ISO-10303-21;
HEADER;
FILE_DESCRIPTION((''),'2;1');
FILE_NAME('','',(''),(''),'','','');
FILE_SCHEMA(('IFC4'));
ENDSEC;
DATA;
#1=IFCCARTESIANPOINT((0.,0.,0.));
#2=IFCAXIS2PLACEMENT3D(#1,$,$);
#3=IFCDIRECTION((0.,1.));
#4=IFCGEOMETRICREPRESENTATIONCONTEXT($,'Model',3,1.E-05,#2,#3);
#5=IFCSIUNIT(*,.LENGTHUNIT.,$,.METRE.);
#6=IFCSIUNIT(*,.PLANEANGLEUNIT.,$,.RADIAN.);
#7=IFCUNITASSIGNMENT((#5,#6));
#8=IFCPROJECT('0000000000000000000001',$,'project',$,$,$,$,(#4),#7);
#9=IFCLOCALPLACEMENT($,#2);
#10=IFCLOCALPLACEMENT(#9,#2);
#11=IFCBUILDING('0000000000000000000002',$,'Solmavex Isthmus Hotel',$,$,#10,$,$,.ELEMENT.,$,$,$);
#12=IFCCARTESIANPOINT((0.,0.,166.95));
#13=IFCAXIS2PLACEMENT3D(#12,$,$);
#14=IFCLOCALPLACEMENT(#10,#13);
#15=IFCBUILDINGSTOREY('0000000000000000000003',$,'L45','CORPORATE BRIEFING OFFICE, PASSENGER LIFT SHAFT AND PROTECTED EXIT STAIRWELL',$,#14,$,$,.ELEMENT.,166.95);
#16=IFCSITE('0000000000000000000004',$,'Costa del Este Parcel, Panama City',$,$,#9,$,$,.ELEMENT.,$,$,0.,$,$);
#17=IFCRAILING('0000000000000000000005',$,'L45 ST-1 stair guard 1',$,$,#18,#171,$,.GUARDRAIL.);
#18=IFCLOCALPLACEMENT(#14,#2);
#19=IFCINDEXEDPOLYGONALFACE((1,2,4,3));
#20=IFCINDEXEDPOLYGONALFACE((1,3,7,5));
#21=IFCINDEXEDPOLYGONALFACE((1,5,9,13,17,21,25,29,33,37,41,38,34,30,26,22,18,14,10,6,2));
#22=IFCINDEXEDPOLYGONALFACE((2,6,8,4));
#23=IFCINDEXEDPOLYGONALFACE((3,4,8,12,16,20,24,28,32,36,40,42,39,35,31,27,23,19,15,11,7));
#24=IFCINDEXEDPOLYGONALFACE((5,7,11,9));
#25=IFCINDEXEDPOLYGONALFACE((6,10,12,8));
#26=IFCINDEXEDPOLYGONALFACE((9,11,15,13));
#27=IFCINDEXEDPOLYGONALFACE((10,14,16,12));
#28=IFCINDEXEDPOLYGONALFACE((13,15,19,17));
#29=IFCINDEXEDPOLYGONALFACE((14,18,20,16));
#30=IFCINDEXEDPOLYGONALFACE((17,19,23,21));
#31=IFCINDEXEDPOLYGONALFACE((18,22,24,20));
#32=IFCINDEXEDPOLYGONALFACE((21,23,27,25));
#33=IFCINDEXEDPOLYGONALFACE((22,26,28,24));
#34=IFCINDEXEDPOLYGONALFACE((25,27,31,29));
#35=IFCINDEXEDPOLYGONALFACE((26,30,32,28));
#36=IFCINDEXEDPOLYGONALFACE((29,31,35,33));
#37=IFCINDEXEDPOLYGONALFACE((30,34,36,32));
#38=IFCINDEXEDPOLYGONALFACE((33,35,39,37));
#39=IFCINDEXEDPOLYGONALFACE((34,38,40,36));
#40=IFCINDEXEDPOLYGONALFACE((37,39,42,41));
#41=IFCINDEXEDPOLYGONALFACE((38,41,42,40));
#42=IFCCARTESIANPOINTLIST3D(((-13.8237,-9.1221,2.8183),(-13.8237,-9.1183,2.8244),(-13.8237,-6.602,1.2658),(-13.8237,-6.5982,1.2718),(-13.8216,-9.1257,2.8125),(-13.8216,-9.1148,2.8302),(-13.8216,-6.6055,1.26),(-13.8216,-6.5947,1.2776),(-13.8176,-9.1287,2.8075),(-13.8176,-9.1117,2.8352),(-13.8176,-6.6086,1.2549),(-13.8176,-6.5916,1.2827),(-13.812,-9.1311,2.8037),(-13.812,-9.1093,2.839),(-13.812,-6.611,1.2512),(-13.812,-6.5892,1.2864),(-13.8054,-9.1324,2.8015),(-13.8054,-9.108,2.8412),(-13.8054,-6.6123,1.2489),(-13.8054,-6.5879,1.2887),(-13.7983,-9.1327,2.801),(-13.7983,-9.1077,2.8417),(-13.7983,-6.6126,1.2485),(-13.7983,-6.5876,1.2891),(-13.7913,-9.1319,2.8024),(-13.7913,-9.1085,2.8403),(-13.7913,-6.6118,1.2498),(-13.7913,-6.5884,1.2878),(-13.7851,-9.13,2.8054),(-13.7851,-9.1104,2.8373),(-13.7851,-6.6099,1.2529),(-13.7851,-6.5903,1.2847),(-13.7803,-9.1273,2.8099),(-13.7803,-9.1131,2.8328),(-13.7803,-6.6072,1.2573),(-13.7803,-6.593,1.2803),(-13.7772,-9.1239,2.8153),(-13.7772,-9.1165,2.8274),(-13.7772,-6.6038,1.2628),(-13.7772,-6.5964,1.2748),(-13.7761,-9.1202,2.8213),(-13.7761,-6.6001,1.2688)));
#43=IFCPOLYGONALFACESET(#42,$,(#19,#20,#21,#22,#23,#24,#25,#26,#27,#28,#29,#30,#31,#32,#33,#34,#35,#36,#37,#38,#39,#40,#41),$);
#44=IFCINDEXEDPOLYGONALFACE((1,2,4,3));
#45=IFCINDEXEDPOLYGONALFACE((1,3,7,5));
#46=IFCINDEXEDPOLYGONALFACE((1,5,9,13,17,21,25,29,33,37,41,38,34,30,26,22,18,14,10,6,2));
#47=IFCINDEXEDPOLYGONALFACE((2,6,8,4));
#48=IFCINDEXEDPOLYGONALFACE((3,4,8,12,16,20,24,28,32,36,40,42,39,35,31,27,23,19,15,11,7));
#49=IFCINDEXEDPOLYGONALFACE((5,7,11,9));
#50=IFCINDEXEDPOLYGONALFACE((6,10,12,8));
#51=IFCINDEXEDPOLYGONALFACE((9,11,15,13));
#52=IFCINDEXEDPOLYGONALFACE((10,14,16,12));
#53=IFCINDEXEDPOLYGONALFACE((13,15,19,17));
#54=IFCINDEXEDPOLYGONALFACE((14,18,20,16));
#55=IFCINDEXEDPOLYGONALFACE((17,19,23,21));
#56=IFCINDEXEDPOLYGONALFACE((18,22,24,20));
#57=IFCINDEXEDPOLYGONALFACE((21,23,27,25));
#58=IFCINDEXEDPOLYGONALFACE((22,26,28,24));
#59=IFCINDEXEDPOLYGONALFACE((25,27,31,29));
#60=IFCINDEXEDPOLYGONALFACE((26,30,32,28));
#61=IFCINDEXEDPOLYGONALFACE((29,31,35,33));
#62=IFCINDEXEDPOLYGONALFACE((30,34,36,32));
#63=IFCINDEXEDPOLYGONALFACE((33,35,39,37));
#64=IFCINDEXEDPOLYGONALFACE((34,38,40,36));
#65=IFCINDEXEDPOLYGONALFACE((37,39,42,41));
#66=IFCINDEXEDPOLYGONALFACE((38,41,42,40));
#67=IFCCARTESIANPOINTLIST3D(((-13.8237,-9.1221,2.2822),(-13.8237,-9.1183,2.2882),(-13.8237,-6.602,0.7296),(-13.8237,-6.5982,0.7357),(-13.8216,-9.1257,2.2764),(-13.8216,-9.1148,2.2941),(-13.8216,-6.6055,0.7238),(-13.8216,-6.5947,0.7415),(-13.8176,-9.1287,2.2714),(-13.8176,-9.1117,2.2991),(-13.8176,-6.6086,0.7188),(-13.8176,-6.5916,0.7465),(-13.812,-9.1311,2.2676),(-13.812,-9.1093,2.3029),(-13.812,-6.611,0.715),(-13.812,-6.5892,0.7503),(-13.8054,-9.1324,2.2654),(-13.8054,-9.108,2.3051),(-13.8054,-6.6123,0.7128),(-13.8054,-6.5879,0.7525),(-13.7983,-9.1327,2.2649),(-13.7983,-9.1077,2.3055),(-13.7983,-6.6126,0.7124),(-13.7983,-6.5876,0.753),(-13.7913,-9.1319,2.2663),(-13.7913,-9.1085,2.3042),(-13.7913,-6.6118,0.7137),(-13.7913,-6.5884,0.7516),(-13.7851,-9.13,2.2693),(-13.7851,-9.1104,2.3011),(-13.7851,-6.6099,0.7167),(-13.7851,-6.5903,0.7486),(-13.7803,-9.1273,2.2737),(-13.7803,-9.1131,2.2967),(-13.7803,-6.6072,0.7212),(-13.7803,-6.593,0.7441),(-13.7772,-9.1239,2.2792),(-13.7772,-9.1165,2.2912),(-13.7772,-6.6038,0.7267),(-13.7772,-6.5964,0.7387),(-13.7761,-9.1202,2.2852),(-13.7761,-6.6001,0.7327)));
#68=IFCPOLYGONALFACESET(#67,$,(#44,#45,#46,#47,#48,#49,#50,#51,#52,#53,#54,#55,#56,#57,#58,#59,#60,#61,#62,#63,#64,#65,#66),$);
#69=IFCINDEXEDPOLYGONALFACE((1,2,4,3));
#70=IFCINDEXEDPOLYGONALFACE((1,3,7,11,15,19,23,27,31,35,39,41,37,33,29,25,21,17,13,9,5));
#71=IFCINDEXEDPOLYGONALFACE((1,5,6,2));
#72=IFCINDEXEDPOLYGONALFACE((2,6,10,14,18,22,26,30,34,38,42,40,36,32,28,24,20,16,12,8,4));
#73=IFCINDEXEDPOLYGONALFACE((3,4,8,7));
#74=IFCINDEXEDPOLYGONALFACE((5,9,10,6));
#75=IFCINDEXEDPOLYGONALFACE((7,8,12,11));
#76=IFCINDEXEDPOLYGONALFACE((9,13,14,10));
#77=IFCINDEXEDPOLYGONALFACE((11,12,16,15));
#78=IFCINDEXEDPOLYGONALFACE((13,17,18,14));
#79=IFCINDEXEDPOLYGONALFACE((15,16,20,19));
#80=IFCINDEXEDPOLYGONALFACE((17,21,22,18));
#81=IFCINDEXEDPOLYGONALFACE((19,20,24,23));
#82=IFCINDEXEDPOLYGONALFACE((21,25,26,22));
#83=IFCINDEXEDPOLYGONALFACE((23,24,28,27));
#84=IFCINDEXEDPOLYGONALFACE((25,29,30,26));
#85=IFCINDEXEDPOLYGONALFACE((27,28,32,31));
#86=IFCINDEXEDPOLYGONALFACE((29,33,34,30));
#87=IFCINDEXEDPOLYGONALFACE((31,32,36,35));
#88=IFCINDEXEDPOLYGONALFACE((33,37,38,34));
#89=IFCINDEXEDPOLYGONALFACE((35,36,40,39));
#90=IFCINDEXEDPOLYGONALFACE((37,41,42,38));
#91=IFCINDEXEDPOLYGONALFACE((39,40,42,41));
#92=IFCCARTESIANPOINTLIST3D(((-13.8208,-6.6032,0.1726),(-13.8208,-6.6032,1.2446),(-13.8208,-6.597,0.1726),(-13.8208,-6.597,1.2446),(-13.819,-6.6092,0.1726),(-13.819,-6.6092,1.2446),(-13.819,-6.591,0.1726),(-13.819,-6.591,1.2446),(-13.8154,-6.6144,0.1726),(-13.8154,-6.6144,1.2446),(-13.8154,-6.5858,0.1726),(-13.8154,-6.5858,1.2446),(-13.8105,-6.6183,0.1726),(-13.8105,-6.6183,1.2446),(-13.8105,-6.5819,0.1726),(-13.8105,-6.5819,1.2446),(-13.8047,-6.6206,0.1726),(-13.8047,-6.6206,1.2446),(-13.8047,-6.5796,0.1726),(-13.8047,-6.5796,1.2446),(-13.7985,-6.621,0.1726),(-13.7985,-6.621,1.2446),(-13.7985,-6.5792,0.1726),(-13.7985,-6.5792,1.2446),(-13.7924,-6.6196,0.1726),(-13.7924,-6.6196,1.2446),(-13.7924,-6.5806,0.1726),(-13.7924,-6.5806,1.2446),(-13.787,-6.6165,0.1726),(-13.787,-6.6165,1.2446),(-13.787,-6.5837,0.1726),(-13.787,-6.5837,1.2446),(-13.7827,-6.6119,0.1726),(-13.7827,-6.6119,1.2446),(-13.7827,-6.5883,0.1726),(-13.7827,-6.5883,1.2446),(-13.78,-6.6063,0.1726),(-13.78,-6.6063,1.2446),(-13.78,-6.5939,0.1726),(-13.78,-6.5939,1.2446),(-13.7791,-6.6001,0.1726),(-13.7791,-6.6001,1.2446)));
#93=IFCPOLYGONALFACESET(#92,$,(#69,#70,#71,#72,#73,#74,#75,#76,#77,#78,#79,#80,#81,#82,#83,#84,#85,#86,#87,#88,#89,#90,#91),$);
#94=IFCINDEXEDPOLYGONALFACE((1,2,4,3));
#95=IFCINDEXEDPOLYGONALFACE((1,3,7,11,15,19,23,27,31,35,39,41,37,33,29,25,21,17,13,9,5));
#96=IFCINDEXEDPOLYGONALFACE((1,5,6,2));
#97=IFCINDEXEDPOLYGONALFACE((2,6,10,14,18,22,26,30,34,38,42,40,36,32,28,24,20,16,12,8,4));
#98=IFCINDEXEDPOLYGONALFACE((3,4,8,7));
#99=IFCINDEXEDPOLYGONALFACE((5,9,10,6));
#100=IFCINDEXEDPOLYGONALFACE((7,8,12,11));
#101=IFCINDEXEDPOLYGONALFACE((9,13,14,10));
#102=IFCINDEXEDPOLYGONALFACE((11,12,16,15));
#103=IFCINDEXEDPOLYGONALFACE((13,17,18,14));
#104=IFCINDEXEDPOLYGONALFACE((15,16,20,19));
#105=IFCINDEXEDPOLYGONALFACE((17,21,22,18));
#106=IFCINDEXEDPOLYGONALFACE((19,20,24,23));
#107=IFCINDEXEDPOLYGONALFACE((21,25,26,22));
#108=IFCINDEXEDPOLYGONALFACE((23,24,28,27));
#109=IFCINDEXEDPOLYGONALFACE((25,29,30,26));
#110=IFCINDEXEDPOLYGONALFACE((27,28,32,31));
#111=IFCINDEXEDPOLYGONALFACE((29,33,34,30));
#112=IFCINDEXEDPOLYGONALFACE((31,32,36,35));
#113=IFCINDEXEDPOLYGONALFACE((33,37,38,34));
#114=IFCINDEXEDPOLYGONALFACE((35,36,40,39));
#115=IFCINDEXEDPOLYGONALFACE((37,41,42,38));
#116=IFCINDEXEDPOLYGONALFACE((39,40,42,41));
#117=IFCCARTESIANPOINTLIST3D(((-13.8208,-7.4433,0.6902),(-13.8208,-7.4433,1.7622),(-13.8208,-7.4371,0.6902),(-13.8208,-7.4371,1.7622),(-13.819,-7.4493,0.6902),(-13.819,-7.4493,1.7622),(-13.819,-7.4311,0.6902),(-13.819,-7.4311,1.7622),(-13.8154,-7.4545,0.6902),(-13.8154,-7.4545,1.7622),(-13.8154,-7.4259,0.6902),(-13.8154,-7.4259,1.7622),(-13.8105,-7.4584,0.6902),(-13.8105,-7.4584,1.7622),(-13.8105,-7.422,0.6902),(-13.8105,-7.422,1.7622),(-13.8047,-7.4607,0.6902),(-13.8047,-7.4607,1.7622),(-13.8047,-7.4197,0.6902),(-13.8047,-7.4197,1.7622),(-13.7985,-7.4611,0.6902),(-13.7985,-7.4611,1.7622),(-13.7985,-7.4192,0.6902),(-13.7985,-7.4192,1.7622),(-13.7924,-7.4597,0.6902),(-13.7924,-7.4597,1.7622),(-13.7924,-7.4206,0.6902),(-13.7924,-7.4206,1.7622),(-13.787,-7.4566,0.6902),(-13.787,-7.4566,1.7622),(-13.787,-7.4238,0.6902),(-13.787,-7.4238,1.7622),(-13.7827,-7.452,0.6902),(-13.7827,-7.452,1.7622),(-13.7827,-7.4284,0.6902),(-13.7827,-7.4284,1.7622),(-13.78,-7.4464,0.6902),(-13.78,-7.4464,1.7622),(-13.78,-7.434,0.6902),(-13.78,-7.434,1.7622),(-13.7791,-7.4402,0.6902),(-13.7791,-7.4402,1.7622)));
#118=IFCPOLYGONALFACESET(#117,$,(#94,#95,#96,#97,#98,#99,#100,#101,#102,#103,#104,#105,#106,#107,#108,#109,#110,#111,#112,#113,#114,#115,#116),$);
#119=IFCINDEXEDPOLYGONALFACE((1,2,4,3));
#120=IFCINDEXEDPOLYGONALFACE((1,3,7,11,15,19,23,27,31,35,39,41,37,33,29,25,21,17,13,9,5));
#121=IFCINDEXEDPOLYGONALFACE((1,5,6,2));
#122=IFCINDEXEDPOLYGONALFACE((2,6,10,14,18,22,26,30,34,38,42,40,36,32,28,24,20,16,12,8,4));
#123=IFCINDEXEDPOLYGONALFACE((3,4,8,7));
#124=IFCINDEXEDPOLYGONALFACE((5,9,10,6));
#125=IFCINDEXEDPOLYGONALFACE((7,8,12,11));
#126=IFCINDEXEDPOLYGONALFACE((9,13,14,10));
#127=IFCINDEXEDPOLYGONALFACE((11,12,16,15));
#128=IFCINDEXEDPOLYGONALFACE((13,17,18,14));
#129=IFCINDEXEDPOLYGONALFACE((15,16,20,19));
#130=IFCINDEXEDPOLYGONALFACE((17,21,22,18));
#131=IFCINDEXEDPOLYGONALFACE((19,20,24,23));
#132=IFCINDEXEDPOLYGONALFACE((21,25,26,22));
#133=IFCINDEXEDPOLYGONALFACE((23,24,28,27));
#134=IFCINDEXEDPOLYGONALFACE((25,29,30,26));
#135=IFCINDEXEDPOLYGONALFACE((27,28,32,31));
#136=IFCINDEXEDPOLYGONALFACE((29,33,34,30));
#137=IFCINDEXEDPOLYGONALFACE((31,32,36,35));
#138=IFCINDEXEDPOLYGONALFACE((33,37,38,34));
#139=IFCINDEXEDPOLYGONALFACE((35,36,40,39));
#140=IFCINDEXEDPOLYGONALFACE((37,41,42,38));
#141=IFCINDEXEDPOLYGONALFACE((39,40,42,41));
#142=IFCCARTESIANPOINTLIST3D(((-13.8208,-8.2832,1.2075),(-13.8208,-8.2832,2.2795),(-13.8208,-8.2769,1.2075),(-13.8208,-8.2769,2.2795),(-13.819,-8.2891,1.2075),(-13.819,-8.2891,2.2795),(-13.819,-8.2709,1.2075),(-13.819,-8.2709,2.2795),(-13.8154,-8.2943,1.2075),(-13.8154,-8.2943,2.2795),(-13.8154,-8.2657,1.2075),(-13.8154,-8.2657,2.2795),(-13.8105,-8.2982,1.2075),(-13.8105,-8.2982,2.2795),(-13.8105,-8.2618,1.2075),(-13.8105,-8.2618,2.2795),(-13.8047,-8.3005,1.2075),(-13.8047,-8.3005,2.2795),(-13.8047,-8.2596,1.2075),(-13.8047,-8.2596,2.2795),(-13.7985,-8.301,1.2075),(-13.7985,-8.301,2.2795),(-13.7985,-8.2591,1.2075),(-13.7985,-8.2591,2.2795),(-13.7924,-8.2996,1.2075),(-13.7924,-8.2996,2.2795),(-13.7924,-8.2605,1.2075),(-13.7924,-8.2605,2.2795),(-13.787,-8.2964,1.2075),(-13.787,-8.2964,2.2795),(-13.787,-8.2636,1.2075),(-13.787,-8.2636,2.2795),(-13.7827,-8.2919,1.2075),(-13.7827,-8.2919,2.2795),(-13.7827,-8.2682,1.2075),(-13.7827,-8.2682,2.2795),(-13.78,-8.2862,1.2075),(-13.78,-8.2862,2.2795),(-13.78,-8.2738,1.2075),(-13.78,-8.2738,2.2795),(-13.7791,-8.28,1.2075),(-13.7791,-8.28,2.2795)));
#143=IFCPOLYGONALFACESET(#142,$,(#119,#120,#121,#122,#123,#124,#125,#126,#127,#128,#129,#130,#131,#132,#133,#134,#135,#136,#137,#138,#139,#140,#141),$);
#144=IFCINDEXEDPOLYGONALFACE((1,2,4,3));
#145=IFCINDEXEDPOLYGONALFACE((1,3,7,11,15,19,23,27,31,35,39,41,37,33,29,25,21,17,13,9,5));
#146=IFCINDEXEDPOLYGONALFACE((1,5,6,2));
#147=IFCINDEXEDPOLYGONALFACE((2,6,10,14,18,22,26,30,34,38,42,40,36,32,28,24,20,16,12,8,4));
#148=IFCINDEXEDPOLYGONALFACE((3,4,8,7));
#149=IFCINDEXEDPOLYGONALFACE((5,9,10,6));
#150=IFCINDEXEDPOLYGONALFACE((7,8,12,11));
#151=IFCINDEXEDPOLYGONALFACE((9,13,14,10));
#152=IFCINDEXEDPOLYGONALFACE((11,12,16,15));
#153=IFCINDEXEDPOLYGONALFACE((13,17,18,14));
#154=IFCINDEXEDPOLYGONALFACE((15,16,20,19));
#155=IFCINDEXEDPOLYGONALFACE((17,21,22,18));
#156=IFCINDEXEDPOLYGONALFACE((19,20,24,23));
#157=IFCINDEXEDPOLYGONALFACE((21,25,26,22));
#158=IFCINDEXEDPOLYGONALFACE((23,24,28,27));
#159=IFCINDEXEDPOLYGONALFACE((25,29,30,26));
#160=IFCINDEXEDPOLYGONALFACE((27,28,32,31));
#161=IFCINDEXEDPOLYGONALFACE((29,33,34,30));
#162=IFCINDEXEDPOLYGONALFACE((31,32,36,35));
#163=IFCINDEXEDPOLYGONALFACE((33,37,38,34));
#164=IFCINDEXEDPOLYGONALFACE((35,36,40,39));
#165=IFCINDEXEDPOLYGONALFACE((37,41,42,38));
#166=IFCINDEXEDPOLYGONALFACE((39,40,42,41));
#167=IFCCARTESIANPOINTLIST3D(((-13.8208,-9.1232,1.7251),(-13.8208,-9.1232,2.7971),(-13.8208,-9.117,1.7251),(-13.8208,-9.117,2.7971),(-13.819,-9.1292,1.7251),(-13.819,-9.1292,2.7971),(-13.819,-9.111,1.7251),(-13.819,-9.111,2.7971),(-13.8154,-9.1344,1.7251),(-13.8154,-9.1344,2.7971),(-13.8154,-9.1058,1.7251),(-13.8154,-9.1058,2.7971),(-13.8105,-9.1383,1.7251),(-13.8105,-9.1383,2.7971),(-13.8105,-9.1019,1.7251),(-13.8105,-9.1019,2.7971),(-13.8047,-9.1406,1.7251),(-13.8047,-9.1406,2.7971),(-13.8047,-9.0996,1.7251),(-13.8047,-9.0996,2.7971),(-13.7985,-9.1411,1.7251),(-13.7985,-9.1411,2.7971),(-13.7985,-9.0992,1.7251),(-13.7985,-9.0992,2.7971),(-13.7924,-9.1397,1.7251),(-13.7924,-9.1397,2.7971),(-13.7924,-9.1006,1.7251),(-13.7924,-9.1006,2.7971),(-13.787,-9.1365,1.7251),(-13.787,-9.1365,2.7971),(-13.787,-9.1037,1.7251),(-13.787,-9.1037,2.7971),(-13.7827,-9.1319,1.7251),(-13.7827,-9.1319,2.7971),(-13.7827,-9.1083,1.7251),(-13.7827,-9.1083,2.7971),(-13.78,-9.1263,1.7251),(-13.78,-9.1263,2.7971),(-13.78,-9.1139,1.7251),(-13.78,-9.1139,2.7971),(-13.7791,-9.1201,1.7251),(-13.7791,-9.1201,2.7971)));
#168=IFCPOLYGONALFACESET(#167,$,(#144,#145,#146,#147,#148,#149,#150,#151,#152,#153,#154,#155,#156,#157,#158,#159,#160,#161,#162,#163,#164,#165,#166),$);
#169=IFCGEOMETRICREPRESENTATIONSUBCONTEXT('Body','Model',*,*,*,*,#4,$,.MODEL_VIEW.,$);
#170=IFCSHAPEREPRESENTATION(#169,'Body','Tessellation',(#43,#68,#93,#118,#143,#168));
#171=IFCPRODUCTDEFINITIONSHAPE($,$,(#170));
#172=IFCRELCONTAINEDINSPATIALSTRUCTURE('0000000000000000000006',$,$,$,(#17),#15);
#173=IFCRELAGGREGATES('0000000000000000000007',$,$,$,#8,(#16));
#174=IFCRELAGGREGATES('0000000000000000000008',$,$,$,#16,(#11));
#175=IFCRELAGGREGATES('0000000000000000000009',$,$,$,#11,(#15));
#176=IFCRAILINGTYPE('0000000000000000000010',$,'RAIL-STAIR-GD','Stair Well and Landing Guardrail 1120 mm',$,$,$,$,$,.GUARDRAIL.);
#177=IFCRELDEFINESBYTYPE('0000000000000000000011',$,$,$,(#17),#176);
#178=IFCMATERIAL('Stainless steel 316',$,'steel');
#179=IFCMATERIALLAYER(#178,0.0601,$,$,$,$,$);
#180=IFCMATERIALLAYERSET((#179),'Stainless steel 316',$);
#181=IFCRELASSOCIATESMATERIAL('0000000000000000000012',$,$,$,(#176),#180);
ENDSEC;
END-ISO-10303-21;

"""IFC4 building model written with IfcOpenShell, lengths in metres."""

from ifc_helpers import new_model, si_unit, direction, frame, origin, origin_2d, place, context, subcontext, project, spatial, circle, extrude, material, layer, layer_set, type_object, element, save


model = new_model("IFC4")

# Units and contexts
model_context = context("Model", 3, precision=1e-05, world=origin(), true_north=direction((0.0, 1.0)))
body_context = subcontext(model_context, "Body", "Model", "MODEL_VIEW")
ifc_project = project(units=[si_unit("LENGTHUNIT", "METRE"), si_unit("PLANEANGLEUNIT", "RADIAN")], contexts=[model_context])

# Site, building, storey
site_placement = place(None, origin())
site = spatial("IfcSite", under=ifc_project, at=site_placement, Name="Costa del Este Parcel, Panama City", CompositionType="ELEMENT", RefElevation=0.0)
building_placement = place(site_placement, origin())
building = spatial("IfcBuilding", under=site, at=building_placement, Name="Solmavex Isthmus Hotel", CompositionType="ELEMENT")
storey_placement = place(building_placement, frame((0.0, 0.0, 166.95)))
storey = spatial("IfcBuildingStorey", under=building, at=storey_placement, Name="L45", Description="CORPORATE BRIEFING OFFICE, PASSENGER LIFT SHAFT AND PROTECTED EXIT STAIRWELL", CompositionType="ELEMENT", Elevation=166.95)

# Railing
ifc_material_1 = material(Name="Stainless steel 316", Category="steel")
ifc_layer_1 = layer(ifc_material_1, 0.0601)
ifc_layer_set_1 = layer_set([ifc_layer_1], Name="Stainless steel 316")
railing_type_1 = type_object("IfcRailingType", Name="RAIL-STAIR-GD", Description="Stair Well and Landing Guardrail 1120 mm", PredefinedType="GUARDRAIL", material=ifc_layer_set_1)
railing_1_placement = place(storey_placement, frame((-13.8, -6.6001, 0.1726)))
element("IfcRailing", 1, at=railing_1_placement, inside=storey, type_object=railing_type_1, Name="L45 ST-1 stair guard 1", PredefinedType="GUARDRAIL", context=body_context, shape_type="SweptSolid", body=[
    extrude(circle(Radius=0.0239, at=origin_2d()), frame((0.0, 0.0, 1.0962), z_axis=(0.0, -0.8514, 0.524516), x_axis=(1.0, 0.0, 0.0)), (0.0, 0.0, 1.0), 2.96),
    extrude(circle(Radius=0.0239, at=origin_2d()), frame((0.0, 0.0, 0.5601), z_axis=(0.0, -0.8514, 0.524516), x_axis=(1.0, 0.0, 0.0)), (0.0, 0.0, 1.0), 2.96),
    extrude(circle(Radius=0.021, at=origin_2d()), origin(), (0.0, 0.0, 1.0), 1.072),
    extrude(circle(Radius=0.021, at=origin_2d()), frame((0.0, -0.8401, 0.5176)), (0.0, 0.0, 1.0), 1.072),
    extrude(circle(Radius=0.021, at=origin_2d()), frame((0.0, -1.6799, 1.0349)), (0.0, 0.0, 1.0), 1.072),
    extrude(circle(Radius=0.021, at=origin_2d()), frame((0.0, -2.52, 1.5525)), (0.0, 0.0, 1.0), 1.072),
])

save(model, "model.ifc")
